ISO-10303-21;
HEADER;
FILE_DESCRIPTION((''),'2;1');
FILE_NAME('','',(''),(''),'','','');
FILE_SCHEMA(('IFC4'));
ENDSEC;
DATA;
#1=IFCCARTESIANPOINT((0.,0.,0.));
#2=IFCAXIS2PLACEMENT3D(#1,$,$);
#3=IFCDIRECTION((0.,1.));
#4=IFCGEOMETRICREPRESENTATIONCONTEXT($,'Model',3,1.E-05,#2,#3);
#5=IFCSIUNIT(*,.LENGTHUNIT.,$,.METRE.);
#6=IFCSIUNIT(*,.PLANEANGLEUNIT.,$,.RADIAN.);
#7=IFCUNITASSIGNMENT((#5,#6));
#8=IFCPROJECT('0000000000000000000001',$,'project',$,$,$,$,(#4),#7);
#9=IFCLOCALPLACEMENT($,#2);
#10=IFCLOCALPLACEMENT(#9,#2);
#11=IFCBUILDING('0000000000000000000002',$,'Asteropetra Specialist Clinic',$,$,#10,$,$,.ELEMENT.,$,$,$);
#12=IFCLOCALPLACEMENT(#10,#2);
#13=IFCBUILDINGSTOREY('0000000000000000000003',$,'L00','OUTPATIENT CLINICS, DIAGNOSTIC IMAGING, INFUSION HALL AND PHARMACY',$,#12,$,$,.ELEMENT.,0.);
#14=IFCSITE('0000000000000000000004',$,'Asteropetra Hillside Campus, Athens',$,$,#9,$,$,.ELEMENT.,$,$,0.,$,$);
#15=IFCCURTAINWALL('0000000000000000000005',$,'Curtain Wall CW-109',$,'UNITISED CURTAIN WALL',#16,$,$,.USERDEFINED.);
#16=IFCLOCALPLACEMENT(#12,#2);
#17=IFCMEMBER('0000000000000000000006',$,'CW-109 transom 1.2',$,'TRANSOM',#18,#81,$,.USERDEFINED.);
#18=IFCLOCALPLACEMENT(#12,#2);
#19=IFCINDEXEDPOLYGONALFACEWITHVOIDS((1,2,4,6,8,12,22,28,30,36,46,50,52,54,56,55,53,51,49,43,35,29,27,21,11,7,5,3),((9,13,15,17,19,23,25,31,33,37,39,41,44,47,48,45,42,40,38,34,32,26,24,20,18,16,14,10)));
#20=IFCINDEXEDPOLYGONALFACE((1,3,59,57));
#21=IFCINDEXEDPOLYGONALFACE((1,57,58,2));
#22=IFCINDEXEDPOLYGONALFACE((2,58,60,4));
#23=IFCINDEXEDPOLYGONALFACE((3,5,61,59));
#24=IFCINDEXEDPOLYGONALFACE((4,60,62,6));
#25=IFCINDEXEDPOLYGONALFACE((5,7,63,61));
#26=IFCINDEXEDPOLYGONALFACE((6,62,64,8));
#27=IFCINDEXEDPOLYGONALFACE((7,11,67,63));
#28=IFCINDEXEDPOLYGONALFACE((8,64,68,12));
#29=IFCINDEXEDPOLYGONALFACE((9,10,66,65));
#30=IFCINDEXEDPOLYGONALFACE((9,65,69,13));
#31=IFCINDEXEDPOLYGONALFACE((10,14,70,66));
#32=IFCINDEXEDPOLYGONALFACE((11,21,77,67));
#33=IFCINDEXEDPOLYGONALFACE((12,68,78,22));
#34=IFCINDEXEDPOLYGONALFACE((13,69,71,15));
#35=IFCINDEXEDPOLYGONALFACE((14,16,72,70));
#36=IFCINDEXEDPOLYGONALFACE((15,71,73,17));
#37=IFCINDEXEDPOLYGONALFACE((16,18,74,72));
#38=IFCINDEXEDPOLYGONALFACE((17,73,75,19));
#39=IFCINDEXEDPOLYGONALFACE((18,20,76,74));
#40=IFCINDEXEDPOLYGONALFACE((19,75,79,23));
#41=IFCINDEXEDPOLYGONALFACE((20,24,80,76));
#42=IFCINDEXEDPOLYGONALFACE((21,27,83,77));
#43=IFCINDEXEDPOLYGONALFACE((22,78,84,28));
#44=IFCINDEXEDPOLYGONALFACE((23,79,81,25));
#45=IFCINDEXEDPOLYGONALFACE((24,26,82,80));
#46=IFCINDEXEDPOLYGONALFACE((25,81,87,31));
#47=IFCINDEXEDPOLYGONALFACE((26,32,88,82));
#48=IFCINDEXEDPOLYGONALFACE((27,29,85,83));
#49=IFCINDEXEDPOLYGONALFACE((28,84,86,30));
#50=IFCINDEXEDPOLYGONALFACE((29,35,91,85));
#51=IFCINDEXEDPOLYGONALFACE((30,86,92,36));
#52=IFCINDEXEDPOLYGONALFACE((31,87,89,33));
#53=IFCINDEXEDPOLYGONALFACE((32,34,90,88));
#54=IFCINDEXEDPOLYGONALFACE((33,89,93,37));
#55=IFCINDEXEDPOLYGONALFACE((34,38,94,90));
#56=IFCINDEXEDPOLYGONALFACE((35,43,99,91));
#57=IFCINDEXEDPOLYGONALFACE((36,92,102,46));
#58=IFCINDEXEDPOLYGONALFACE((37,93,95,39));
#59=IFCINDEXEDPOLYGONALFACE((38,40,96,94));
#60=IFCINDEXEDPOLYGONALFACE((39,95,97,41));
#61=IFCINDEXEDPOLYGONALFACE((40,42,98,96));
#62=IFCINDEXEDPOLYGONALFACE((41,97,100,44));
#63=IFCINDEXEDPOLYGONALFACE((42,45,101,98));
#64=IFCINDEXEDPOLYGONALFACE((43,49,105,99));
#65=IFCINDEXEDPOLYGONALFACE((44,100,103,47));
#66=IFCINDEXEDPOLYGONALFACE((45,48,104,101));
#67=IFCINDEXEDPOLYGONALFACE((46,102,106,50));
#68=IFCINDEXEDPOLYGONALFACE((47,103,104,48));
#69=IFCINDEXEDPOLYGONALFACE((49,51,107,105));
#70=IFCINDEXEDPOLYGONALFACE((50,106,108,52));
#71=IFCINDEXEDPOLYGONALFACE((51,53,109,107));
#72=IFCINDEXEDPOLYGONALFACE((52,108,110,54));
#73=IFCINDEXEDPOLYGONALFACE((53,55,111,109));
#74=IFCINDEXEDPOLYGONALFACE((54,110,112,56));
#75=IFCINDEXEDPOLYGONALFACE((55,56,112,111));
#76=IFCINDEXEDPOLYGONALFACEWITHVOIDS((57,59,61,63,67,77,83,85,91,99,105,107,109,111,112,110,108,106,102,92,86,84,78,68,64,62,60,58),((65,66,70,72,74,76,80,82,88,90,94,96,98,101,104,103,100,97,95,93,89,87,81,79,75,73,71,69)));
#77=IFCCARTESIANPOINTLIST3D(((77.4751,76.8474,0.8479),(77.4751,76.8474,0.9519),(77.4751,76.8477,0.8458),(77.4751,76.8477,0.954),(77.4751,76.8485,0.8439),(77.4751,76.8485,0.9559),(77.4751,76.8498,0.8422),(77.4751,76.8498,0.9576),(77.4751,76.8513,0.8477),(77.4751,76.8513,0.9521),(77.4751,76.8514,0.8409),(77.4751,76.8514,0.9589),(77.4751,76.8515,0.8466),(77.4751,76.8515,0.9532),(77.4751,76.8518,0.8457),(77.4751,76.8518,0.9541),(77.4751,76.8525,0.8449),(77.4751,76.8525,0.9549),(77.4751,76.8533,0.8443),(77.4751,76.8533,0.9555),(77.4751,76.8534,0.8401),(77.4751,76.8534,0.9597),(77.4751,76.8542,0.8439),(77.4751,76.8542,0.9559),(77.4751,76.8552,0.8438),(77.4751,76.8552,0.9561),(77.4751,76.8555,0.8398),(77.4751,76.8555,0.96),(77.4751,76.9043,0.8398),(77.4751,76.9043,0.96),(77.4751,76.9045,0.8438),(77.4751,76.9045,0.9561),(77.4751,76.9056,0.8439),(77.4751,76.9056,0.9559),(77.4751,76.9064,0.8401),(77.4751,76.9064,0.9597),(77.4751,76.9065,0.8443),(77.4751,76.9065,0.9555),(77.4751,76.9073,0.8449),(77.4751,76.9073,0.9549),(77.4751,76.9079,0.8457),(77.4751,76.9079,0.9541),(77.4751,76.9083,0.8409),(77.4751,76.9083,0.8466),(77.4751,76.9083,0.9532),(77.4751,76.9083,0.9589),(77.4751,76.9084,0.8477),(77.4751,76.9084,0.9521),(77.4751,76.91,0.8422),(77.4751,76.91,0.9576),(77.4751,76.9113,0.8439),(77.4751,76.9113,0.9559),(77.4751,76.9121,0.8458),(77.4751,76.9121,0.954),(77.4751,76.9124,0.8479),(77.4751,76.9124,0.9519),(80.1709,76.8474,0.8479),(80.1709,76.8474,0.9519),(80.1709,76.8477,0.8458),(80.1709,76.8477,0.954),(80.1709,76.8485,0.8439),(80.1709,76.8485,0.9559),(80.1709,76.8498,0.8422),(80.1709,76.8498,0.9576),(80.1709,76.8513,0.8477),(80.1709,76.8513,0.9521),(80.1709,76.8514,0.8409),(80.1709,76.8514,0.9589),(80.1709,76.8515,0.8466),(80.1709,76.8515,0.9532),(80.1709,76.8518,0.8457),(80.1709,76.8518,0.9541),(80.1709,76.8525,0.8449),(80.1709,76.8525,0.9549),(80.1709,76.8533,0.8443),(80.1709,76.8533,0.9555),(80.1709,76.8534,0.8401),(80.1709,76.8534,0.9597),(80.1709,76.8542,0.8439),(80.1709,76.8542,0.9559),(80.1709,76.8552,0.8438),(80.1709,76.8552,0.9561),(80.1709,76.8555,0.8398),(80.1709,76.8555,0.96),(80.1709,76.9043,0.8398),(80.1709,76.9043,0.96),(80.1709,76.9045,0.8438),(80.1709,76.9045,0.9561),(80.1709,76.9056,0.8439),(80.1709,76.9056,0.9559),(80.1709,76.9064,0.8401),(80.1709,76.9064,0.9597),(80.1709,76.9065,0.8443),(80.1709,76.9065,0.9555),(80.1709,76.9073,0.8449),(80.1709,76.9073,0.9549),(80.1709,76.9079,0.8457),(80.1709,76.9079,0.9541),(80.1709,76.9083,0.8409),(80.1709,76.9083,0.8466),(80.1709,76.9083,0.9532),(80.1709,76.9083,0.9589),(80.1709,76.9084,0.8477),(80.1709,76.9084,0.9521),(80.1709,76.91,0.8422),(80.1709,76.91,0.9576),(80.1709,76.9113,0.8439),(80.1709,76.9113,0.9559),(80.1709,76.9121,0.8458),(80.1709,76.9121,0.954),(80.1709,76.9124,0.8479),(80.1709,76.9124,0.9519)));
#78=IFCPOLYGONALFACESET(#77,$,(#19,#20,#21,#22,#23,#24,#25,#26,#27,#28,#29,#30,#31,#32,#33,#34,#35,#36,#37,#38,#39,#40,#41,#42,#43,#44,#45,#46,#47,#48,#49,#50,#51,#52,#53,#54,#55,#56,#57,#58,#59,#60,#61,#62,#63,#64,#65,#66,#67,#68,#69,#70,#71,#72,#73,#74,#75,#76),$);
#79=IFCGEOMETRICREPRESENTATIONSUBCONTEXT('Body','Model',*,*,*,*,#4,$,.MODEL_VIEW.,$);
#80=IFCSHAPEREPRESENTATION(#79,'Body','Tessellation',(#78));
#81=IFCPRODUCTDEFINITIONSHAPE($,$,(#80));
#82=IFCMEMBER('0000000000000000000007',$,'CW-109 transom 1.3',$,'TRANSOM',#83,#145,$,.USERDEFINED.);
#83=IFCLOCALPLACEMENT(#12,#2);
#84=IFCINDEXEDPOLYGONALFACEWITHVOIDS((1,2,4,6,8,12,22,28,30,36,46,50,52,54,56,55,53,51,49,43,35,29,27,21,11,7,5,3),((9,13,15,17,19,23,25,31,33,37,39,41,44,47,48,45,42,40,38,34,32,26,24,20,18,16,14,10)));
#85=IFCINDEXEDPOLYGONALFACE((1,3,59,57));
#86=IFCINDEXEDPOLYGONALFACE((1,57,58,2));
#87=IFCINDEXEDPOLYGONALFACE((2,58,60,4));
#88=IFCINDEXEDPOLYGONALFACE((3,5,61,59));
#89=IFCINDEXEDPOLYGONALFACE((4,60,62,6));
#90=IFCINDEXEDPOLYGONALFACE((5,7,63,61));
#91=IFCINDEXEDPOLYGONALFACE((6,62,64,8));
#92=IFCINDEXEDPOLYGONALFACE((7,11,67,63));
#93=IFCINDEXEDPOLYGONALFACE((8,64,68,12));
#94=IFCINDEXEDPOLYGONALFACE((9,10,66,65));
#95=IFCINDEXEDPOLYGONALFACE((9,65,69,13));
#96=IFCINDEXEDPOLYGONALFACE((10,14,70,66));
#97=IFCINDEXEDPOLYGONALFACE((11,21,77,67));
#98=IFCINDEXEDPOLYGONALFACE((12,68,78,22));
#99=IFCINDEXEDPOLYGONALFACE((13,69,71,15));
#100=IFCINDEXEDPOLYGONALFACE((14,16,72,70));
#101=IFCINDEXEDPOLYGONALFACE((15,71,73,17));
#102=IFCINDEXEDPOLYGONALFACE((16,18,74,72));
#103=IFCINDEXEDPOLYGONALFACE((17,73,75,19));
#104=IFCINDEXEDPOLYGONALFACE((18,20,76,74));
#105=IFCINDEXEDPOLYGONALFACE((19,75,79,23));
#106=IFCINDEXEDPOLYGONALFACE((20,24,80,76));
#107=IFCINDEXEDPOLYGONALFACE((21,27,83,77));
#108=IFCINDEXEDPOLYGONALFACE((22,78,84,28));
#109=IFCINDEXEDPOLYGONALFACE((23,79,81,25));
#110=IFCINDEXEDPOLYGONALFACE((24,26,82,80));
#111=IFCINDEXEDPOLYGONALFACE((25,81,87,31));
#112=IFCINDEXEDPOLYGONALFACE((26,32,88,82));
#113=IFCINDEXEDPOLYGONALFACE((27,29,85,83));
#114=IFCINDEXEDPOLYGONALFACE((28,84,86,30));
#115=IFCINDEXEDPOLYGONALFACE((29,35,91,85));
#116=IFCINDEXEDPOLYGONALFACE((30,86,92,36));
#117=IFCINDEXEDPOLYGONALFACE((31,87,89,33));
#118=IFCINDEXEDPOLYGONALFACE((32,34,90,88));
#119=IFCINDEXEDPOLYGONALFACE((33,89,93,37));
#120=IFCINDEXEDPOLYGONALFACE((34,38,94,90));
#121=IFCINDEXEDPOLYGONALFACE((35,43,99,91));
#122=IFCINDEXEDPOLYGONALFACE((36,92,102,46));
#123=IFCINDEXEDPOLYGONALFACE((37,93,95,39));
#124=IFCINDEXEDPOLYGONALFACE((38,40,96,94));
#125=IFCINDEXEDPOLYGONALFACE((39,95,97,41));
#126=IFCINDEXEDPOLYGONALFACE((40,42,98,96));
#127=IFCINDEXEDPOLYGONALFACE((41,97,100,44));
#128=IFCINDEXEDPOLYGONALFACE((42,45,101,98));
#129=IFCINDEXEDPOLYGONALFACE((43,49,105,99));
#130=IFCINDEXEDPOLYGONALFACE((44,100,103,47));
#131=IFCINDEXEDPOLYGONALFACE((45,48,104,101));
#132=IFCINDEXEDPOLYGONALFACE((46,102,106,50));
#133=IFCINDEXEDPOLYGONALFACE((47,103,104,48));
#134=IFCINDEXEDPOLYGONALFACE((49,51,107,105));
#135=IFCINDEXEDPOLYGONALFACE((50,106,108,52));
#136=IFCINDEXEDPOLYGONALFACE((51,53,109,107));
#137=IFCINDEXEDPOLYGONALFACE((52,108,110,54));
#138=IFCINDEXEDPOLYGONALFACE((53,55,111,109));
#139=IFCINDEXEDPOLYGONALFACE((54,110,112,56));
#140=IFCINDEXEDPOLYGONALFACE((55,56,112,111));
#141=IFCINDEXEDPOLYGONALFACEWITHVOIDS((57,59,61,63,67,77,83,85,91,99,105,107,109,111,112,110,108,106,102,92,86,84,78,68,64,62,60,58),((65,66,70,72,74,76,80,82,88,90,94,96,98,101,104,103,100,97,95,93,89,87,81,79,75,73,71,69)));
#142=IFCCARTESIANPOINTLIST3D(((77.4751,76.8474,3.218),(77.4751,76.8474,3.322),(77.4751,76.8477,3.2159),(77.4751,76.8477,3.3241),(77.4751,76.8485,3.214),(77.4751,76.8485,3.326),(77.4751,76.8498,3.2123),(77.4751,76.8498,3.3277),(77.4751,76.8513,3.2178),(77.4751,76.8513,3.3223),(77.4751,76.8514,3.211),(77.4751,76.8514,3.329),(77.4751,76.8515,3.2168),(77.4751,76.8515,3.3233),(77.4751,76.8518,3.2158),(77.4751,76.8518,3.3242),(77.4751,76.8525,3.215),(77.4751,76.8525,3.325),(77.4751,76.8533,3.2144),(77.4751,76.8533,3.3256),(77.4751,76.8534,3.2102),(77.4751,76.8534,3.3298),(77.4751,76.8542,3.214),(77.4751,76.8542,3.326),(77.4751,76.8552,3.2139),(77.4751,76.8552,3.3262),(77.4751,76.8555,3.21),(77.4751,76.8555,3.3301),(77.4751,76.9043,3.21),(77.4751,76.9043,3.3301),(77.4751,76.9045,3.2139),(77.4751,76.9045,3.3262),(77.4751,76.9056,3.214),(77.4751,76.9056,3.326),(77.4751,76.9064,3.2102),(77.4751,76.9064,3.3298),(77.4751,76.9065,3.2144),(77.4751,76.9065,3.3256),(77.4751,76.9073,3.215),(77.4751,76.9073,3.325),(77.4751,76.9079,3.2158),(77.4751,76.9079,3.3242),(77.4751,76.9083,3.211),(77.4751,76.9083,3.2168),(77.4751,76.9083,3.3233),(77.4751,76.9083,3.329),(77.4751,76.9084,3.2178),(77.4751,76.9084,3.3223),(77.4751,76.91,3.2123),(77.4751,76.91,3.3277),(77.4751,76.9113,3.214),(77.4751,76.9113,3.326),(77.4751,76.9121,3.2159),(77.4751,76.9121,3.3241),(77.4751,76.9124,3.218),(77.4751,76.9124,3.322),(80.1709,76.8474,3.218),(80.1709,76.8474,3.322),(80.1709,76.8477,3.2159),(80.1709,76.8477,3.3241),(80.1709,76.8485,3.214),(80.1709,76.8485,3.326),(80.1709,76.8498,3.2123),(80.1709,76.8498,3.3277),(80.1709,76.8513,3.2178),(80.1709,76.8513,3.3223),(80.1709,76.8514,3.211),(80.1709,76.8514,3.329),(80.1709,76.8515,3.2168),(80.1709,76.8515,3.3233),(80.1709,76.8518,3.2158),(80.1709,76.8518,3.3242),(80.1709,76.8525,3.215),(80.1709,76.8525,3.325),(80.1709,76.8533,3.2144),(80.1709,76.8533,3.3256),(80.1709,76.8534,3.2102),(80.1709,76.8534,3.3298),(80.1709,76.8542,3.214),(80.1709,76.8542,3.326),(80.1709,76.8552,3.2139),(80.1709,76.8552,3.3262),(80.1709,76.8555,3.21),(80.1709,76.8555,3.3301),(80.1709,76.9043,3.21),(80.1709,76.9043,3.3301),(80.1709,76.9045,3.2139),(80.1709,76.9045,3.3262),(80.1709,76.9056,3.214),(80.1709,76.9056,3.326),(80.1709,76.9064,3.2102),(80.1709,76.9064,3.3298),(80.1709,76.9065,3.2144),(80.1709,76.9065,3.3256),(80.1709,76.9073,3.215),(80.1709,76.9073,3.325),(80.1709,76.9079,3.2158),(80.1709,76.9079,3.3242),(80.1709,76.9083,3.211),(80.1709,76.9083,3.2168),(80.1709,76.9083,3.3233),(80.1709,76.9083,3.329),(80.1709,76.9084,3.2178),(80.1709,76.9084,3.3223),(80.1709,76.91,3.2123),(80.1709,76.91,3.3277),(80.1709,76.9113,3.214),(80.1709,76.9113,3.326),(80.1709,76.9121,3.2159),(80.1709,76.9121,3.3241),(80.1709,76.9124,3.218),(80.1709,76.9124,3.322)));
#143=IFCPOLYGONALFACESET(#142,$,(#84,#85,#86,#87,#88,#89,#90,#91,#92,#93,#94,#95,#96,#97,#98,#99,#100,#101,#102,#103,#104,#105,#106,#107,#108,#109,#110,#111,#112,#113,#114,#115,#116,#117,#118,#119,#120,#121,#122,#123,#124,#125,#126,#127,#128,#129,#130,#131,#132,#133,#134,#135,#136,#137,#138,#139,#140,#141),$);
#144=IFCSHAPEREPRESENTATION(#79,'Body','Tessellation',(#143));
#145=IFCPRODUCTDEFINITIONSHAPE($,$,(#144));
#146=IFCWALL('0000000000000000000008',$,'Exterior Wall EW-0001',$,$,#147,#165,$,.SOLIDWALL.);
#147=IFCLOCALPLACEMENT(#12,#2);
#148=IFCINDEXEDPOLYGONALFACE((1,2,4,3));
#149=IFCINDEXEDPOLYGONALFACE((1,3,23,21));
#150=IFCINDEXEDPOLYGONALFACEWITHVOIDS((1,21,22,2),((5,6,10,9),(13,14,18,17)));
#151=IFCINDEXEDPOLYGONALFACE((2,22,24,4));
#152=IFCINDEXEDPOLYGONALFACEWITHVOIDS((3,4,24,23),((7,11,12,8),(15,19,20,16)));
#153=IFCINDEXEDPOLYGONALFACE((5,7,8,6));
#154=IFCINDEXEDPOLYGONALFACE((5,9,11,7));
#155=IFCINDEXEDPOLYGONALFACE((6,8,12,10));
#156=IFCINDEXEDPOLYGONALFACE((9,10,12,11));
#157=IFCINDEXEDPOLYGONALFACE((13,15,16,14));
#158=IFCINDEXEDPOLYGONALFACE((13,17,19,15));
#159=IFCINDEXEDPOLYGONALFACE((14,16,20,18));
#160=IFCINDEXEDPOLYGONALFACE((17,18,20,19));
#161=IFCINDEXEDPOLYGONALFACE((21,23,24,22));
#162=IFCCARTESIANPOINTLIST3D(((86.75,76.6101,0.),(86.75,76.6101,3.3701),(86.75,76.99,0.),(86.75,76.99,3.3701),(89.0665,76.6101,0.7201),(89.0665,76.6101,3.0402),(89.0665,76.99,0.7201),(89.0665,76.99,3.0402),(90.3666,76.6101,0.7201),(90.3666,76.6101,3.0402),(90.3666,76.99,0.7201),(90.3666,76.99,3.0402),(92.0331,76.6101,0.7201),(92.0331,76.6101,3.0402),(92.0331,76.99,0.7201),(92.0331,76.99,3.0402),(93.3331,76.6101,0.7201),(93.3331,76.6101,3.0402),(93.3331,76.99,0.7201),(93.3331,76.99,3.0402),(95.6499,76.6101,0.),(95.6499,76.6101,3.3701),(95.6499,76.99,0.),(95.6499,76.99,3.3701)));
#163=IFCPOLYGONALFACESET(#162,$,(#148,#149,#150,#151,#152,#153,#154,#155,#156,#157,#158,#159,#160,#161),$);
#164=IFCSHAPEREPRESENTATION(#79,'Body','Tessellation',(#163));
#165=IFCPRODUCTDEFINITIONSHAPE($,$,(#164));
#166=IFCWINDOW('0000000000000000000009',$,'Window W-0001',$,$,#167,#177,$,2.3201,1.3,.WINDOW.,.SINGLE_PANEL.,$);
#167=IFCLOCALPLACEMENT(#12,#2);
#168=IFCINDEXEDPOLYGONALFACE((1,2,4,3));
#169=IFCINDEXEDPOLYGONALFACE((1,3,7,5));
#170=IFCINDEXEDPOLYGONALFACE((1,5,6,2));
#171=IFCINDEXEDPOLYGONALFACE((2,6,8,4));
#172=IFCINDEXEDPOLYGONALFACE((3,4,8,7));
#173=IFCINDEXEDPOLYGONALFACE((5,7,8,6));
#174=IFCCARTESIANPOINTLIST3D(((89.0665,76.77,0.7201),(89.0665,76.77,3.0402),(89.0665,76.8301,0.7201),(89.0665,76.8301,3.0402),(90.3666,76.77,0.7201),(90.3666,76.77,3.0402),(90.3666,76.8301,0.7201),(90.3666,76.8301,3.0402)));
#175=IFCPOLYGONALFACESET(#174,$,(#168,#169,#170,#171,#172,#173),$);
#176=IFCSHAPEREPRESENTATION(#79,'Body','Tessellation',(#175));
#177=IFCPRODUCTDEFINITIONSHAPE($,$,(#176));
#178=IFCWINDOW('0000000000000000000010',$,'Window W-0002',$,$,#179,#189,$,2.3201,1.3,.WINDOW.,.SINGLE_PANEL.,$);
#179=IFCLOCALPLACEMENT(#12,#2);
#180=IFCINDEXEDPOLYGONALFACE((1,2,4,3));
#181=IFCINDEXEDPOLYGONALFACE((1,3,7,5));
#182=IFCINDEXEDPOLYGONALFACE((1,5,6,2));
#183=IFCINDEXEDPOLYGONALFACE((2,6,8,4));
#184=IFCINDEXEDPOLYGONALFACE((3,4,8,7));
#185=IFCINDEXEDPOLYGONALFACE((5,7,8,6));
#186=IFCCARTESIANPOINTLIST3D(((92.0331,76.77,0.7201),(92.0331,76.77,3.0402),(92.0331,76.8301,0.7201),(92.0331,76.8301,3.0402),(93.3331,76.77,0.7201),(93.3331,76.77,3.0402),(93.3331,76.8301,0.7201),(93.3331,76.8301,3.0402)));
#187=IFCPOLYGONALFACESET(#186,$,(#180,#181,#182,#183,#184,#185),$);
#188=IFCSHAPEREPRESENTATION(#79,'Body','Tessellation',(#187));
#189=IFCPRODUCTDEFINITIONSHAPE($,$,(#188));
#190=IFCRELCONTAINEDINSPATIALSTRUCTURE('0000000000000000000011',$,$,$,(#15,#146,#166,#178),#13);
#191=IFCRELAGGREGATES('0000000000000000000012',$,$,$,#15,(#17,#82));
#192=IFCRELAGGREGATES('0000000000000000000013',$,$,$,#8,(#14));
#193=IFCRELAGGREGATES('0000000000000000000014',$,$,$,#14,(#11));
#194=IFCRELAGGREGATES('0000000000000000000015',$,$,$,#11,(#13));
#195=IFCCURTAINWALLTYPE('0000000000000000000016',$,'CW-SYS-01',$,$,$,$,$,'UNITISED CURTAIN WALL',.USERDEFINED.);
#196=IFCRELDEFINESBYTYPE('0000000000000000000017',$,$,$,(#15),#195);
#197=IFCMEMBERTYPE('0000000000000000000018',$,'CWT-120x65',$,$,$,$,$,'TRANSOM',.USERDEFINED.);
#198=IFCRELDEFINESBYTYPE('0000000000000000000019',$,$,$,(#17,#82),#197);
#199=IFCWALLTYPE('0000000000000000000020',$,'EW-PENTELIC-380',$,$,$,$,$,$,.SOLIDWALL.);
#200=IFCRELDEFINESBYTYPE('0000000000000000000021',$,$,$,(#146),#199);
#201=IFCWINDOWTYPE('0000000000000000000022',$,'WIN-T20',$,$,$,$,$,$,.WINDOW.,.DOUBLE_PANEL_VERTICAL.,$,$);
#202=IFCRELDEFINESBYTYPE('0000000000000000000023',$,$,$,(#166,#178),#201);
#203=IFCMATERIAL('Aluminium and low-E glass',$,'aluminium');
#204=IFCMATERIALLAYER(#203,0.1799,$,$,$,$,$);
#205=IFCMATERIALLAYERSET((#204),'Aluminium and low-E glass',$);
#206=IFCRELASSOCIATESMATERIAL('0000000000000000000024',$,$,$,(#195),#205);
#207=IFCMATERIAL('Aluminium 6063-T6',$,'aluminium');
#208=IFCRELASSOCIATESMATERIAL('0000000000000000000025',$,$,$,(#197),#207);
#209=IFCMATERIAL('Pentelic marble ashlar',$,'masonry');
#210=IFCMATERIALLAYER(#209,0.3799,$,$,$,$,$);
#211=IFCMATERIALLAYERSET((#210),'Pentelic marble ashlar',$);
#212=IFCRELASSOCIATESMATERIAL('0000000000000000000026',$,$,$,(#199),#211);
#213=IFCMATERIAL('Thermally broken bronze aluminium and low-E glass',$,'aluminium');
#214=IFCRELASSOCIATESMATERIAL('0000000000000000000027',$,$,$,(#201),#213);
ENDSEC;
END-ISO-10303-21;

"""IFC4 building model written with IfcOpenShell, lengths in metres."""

from ifc_helpers import new_model, si_unit, direction, frame, frame_2d, origin, origin_2d, place, context, subcontext, project, spatial, rectangle, hollow_rectangle, extrude, material, layer, layer_set, material_profile, profile_set, type_object, element, fill, aggregate, save


model = new_model("IFC4")

# Units and contexts
model_context = context("Model", 3, precision=1e-05, world=origin(), true_north=direction((0.0, 1.0)))
body_context = subcontext(model_context, "Body", "Model", "MODEL_VIEW")
ifc_project = project(units=[si_unit("LENGTHUNIT", "METRE"), si_unit("PLANEANGLEUNIT", "RADIAN")], contexts=[model_context])

# Site, building, storey
site_placement = place(None, origin())
site = spatial("IfcSite", under=ifc_project, at=site_placement, Name="Asteropetra Hillside Campus, Athens", CompositionType="ELEMENT", RefElevation=0.0)
building_placement = place(site_placement, origin())
building = spatial("IfcBuilding", under=site, at=building_placement, Name="Asteropetra Specialist Clinic", CompositionType="ELEMENT")
storey_placement = place(building_placement, origin())
storey = spatial("IfcBuildingStorey", under=building, at=storey_placement, Name="L00", Description="OUTPATIENT CLINICS, DIAGNOSTIC IMAGING, INFUSION HALL AND PHARMACY", CompositionType="ELEMENT", Elevation=0.0)

# Curtain wall, members
ifc_material_1 = material(Name="Aluminium and low-E glass", Category="aluminium")
ifc_layer_1 = layer(ifc_material_1, 0.1799)
ifc_layer_set_1 = layer_set([ifc_layer_1], Name="Aluminium and low-E glass")
curtain_wall_type = type_object("IfcCurtainWallType", Name="CW-SYS-01", ElementType="UNITISED CURTAIN WALL", PredefinedType="USERDEFINED", material=ifc_layer_set_1)
curtain_wall_placement = place(storey_placement, origin())
curtain_wall = element("IfcCurtainWall", 1, at=curtain_wall_placement, inside=storey, type_object=curtain_wall_type, Name="Curtain Wall CW-109", ObjectType="UNITISED CURTAIN WALL", PredefinedType="USERDEFINED")
ifc_material_2 = material(Name="Aluminium 6063-T6", Category="aluminium")
ifc_material_profile_1 = material_profile(ifc_material_2, hollow_rectangle(XDim=0.0649, YDim=0.1201, WallThickness=0.0039, InnerFilletRadius=0.0039, OuterFilletRadius=0.0081, at=origin_2d()), Name="TRN 120x65x4.0")
ifc_profile_set_1 = profile_set([ifc_material_profile_1], Name="Aluminium 6063-T6")
member_type_1 = type_object("IfcMemberType", Name="CWT-120x65", ElementType="TRANSOM", PredefinedType="USERDEFINED", material=ifc_profile_set_1)
member_1_placement = place(storey_placement, frame((77.4751, 76.8799, 0.8999), z_axis=(1.0, 0.0, 0.0), x_axis=(0.0, 1.0, 0.0)))
member_1 = element("IfcMember", 2, at=member_1_placement, type_object=member_type_1, Name="CW-109 transom 1.2", ObjectType="TRANSOM", PredefinedType="USERDEFINED", context=body_context, shape_type="SweptSolid", body=[
    extrude(hollow_rectangle(XDim=0.0649, YDim=0.1201, WallThickness=0.0039, InnerFilletRadius=0.0039, OuterFilletRadius=0.0081, at=origin_2d()), origin(), (0.0, 0.0, 1.0), 2.6958),
])
member_2_placement = place(storey_placement, frame((77.4751, 76.8799, 3.27), z_axis=(1.0, 0.0, 0.0), x_axis=(0.0, 1.0, 0.0)))
member_2 = element("IfcMember", 3, at=member_2_placement, type_object=member_type_1, Name="CW-109 transom 1.3", ObjectType="TRANSOM", PredefinedType="USERDEFINED", context=body_context, shape_type="SweptSolid", body=[
    extrude(hollow_rectangle(XDim=0.0649, YDim=0.1201, WallThickness=0.0039, InnerFilletRadius=0.0039, OuterFilletRadius=0.0081, at=origin_2d()), origin(), (0.0, 0.0, 1.0), 2.6958),
])
aggregate(curtain_wall, [member_1, member_2])

# Wall, openings, windows
ifc_material_3 = material(Name="Pentelic marble ashlar", Category="masonry")
ifc_layer_2 = layer(ifc_material_3, 0.3799)
ifc_layer_set_2 = layer_set([ifc_layer_2], Name="Pentelic marble ashlar")
wall_type = type_object("IfcWallType", Name="EW-PENTELIC-380", PredefinedType="SOLIDWALL", material=ifc_layer_set_2)
wall_placement = place(storey_placement, frame((86.75, 76.8, 0.0), z_axis=(0.0, 0.0, 1.0), x_axis=(1.0, 0.0, 0.0)))
wall = element("IfcWall", 4, at=wall_placement, inside=storey, type_object=wall_type, Name="Exterior Wall EW-0001", PredefinedType="SOLIDWALL", context=body_context, shape_type="SweptSolid", body=[
    extrude(rectangle(XDim=8.8999, YDim=0.3799, at=frame_2d((4.45, 0.0))), origin(), (0.0, 0.0, 1.0), 3.3701),
])
opening_1_placement = place(wall_placement, frame((2.3167, 0.0, 0.72)))
opening_1 = element("IfcOpeningElement", 5, at=opening_1_placement, cuts=wall, PredefinedType="OPENING", context=body_context, shape_type="SweptSolid", body=[
    extrude(rectangle(XDim=1.3, YDim=2.3201, at=frame_2d((0.6499, 1.1602))), frame((0.0, 0.2, 0.0), z_axis=(0.0, -1.0, 0.0), x_axis=(1.0, 0.0, 0.0)), (0.0, 0.0, 1.0), 0.3999),
])
opening_2_placement = place(wall_placement, frame((5.2832, 0.0, 0.72)))
opening_2 = element("IfcOpeningElement", 6, at=opening_2_placement, cuts=wall, PredefinedType="OPENING", context=body_context, shape_type="SweptSolid", body=[
    extrude(rectangle(XDim=1.3, YDim=2.3201, at=frame_2d((0.6499, 1.1602))), frame((0.0, 0.2, 0.0), z_axis=(0.0, -1.0, 0.0), x_axis=(1.0, 0.0, 0.0)), (0.0, 0.0, 1.0), 0.3999),
])
ifc_material_4 = material(Name="Thermally broken bronze aluminium and low-E glass", Category="aluminium")
window_type = type_object("IfcWindowType", Name="WIN-T20", PartitioningType="DOUBLE_PANEL_VERTICAL", PredefinedType="WINDOW", material=ifc_material_4)
window_1_placement = place(opening_1_placement, origin())
window_1 = element("IfcWindow", 7, at=window_1_placement, inside=storey, type_object=window_type, Name="Window W-0001", OverallHeight=2.3201, OverallWidth=1.3, PartitioningType="SINGLE_PANEL", PredefinedType="WINDOW", context=body_context, shape_type="SweptSolid", body=[
    extrude(rectangle(XDim=1.3, YDim=2.3201, at=frame_2d((0.6499, 1.1602))), frame((0.0, 0.03, 0.0), z_axis=(0.0, -1.0, 0.0), x_axis=(1.0, 0.0, 0.0)), (0.0, 0.0, 1.0), 0.0601),
])
fill(opening_1, window_1)
window_2_placement = place(opening_2_placement, origin())
window_2 = element("IfcWindow", 8, at=window_2_placement, inside=storey, type_object=window_type, Name="Window W-0002", OverallHeight=2.3201, OverallWidth=1.3, PartitioningType="SINGLE_PANEL", PredefinedType="WINDOW", context=body_context, shape_type="SweptSolid", body=[
    extrude(rectangle(XDim=1.3, YDim=2.3201, at=frame_2d((0.6499, 1.1602))), frame((0.0, 0.03, 0.0), z_axis=(0.0, -1.0, 0.0), x_axis=(1.0, 0.0, 0.0)), (0.0, 0.0, 1.0), 0.0601),
])
fill(opening_2, window_2)

save(model, "model.ifc")
